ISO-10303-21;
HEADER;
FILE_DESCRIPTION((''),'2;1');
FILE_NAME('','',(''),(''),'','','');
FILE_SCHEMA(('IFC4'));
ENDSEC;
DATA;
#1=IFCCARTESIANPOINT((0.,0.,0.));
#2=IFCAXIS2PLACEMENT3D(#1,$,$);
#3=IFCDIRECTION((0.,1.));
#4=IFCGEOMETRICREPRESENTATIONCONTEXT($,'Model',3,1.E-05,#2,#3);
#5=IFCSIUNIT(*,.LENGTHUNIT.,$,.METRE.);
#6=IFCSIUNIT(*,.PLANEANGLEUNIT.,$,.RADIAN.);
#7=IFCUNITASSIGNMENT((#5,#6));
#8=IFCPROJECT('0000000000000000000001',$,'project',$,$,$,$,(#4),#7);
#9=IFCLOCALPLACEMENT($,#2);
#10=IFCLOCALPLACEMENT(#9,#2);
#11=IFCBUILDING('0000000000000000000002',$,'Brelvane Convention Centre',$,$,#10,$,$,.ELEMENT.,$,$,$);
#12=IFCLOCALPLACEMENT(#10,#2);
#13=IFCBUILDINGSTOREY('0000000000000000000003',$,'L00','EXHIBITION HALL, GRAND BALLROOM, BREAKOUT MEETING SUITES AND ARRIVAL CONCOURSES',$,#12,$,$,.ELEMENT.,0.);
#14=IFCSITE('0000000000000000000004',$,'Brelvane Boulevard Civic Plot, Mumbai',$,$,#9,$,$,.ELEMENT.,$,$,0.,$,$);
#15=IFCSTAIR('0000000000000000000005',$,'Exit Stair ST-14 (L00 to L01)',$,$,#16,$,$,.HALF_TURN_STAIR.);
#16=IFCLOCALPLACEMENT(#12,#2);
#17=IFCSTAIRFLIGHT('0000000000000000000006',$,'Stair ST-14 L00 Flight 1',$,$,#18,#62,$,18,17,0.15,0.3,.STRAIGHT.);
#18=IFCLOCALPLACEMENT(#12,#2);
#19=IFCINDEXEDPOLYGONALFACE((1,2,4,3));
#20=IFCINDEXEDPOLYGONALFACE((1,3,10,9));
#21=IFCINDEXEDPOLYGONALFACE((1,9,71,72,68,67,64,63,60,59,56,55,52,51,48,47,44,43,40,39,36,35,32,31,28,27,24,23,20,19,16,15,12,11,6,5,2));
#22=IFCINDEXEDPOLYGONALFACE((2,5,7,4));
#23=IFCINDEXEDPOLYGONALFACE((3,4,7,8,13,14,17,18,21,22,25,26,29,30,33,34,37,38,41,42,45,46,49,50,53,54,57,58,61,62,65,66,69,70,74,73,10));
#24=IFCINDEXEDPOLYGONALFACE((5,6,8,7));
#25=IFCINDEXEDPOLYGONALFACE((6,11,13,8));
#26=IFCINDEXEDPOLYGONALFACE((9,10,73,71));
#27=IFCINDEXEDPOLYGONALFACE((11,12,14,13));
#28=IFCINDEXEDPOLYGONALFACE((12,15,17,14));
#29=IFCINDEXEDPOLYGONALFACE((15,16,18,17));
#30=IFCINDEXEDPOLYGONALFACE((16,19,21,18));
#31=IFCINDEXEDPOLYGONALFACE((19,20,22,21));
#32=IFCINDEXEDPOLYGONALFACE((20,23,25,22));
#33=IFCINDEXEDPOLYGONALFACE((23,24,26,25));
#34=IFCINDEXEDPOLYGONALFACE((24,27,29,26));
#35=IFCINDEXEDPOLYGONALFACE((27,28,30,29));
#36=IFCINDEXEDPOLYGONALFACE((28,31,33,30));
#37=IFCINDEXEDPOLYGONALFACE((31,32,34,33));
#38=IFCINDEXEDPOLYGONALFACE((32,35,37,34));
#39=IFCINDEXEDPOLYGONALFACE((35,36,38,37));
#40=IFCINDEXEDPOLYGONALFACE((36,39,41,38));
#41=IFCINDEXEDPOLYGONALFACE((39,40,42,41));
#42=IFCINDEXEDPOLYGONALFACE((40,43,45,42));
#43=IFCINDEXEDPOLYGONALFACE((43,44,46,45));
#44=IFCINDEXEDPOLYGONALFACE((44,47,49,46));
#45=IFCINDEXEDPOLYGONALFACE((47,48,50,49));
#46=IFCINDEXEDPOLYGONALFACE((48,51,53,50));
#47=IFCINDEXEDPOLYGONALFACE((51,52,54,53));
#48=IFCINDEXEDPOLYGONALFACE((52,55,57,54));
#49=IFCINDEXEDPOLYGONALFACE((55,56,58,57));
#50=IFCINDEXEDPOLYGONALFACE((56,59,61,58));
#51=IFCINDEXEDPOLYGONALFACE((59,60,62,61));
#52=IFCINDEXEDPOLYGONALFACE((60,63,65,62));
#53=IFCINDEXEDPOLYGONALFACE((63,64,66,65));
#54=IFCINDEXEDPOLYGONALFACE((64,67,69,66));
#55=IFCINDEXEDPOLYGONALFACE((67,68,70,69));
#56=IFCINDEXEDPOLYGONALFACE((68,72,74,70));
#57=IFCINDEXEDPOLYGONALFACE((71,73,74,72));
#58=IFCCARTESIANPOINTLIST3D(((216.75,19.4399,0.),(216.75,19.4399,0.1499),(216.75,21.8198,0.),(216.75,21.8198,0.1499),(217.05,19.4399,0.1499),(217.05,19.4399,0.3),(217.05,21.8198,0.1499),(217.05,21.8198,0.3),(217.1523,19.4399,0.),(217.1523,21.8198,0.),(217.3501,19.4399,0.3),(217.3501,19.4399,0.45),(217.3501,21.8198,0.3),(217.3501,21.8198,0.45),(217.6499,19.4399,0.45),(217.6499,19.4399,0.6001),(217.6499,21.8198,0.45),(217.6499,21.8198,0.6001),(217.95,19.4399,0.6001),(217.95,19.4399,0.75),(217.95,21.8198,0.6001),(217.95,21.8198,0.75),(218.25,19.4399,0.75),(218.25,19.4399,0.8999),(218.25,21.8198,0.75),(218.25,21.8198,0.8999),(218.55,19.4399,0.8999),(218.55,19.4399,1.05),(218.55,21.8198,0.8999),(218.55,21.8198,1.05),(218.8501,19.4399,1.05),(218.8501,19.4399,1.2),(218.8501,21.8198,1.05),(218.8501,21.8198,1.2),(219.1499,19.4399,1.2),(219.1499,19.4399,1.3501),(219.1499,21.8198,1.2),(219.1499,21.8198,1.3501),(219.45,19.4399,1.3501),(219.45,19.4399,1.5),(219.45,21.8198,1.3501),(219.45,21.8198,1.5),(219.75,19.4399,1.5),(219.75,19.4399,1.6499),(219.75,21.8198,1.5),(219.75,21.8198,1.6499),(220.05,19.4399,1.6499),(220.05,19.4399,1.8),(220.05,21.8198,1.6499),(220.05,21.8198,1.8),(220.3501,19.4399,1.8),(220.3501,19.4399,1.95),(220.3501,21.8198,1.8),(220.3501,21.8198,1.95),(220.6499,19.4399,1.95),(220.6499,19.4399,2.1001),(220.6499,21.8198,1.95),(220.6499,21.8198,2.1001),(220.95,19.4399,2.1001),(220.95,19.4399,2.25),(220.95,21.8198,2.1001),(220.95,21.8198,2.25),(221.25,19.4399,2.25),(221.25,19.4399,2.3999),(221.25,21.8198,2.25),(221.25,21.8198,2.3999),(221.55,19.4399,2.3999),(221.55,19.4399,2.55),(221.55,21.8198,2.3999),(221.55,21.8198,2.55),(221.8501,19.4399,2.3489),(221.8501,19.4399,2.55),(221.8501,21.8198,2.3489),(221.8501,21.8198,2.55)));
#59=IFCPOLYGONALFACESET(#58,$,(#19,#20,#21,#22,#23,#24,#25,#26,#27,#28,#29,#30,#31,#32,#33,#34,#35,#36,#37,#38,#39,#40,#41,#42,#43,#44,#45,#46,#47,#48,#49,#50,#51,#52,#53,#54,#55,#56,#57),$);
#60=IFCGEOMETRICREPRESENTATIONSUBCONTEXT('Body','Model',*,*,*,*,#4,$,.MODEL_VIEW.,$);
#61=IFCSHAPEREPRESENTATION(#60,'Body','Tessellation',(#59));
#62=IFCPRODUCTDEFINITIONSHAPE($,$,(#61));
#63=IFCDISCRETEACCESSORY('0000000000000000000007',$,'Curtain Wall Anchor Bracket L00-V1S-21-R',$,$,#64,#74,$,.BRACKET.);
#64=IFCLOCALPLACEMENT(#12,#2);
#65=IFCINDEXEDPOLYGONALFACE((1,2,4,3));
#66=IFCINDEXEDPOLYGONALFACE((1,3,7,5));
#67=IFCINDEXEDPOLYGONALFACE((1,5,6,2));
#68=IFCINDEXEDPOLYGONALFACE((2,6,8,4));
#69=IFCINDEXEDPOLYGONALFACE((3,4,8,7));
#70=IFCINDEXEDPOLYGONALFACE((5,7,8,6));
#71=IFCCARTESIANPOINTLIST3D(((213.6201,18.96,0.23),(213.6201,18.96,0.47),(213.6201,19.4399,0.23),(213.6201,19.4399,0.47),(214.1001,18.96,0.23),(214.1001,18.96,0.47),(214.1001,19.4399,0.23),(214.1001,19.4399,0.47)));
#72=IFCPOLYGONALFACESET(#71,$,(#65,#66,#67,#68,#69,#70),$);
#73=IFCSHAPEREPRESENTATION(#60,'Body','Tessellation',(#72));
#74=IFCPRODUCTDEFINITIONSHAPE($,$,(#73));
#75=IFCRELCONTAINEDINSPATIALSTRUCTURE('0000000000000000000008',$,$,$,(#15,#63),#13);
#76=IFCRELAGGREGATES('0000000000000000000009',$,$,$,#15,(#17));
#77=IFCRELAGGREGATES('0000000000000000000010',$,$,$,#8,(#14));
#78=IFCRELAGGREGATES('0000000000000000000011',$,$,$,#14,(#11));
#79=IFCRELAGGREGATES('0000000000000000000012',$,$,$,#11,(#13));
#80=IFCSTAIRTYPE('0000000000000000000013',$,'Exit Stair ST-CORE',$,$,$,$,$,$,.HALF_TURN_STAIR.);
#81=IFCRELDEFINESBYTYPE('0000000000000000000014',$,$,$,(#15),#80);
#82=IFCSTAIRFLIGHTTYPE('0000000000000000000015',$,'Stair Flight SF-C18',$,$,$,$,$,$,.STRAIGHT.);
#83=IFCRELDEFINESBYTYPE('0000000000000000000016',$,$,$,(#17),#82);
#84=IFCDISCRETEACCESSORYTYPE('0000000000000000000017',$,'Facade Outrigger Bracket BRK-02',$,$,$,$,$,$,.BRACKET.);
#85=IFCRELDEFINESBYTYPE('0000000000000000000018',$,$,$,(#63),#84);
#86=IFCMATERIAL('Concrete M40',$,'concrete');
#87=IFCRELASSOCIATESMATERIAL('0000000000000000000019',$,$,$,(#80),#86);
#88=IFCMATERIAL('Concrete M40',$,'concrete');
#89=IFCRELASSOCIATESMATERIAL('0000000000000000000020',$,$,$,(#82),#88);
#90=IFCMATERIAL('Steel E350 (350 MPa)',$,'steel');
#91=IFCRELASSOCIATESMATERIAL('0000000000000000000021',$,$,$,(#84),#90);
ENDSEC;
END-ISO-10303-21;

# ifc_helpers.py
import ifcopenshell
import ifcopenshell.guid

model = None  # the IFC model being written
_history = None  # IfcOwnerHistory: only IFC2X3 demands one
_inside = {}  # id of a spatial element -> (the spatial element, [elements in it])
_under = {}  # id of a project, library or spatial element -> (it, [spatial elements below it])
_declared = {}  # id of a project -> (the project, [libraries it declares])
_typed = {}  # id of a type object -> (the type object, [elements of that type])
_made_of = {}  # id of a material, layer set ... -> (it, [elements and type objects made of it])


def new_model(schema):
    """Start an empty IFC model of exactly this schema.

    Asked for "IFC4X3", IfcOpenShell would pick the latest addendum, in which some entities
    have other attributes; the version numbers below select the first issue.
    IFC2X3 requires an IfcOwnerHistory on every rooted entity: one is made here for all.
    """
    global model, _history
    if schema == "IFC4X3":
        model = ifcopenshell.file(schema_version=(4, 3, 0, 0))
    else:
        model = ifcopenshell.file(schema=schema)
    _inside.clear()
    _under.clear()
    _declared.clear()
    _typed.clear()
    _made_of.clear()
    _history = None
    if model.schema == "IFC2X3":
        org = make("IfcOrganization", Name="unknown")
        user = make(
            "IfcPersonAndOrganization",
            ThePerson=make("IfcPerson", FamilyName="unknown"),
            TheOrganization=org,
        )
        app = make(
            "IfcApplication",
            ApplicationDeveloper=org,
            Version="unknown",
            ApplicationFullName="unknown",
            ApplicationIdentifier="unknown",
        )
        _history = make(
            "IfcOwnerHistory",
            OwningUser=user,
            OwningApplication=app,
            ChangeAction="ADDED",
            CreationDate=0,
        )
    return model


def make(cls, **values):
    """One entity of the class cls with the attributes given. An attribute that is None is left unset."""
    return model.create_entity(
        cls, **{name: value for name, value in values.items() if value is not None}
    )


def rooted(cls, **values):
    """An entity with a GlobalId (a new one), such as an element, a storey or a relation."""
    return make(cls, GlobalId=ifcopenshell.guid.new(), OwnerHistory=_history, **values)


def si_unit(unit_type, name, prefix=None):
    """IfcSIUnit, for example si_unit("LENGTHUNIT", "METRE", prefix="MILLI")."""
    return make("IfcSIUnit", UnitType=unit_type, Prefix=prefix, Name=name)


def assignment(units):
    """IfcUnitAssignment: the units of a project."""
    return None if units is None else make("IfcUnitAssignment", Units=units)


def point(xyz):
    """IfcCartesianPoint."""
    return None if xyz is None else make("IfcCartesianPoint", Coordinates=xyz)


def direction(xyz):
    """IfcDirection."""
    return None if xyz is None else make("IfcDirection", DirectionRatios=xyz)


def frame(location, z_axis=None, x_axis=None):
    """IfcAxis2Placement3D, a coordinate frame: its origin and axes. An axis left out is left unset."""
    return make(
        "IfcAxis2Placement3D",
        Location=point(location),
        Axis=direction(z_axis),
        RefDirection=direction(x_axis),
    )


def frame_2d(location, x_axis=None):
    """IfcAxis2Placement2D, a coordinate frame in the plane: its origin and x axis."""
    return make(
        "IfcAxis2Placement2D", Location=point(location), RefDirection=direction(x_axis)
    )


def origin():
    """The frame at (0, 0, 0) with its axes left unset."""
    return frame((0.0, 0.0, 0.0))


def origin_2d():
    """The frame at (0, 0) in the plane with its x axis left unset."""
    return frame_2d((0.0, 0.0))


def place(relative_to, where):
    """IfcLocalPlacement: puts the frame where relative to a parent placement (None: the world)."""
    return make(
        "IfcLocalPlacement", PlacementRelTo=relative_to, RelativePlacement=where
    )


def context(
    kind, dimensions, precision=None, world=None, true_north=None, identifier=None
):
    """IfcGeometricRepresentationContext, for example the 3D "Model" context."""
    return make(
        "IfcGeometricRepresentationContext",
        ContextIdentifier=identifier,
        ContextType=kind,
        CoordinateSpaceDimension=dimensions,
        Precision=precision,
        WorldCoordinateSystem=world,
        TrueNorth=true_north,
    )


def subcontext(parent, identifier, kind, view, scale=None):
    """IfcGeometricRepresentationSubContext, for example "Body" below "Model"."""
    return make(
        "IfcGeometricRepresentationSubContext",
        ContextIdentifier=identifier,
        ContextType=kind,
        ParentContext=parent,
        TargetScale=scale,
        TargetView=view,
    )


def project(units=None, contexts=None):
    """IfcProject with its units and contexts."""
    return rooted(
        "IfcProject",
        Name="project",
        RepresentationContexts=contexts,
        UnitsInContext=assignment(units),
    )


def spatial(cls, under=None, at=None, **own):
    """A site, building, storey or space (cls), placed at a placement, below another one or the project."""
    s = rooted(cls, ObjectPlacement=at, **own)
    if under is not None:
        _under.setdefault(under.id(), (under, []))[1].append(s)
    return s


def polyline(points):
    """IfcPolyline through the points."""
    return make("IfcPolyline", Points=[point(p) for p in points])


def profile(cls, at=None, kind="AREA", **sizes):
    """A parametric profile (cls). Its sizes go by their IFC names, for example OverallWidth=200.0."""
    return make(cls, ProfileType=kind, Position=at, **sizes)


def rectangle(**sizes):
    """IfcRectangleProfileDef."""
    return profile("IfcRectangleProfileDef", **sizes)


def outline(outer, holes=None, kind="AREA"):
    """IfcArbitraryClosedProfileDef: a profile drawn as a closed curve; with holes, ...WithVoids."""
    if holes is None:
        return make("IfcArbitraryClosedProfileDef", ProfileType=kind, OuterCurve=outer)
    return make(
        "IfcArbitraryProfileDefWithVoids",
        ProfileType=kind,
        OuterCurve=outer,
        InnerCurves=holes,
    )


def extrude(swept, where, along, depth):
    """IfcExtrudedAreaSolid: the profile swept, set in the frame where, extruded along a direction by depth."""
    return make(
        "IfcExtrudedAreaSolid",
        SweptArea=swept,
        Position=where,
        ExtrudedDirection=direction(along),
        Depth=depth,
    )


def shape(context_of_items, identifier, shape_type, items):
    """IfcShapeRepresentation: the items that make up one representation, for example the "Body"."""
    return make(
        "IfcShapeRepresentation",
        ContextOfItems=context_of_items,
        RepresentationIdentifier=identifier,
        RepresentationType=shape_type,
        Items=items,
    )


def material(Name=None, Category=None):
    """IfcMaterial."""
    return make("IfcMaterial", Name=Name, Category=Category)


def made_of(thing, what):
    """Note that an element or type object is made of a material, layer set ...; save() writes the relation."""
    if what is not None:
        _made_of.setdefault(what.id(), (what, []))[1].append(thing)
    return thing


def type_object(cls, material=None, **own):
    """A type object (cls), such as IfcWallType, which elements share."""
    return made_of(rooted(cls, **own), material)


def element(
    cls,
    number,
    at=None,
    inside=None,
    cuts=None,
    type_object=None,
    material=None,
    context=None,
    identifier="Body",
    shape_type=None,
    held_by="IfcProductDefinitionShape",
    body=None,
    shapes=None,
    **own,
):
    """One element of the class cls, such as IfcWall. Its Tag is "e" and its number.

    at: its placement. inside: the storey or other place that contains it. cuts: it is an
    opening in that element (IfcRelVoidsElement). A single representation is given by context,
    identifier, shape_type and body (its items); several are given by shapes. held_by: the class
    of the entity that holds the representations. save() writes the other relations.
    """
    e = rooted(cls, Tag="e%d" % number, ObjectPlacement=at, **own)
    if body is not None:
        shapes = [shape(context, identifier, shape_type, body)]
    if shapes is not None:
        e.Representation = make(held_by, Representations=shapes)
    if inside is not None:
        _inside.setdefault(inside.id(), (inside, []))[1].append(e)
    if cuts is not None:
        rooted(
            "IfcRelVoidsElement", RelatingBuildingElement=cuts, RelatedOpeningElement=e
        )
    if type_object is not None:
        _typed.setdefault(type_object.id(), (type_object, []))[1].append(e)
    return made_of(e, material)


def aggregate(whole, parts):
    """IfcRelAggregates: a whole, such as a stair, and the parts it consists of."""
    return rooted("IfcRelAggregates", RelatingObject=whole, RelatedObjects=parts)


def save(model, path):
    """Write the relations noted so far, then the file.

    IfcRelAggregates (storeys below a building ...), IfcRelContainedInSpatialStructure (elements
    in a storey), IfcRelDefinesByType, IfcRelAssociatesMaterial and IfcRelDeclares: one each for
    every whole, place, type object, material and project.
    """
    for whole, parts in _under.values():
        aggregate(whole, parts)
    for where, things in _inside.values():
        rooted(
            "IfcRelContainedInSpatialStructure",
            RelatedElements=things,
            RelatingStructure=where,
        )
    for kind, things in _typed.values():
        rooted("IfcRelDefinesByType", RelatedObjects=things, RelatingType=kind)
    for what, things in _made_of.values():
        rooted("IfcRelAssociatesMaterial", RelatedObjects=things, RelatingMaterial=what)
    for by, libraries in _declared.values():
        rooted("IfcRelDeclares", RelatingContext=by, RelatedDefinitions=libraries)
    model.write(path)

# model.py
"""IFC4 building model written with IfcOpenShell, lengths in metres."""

from ifc_helpers import new_model, si_unit, direction, frame, origin, origin_2d, place, context, subcontext, project, spatial, polyline, rectangle, outline, extrude, material, type_object, element, aggregate, save


model = new_model("IFC4")

# Units and contexts
model_context = context("Model", 3, precision=1e-05, world=origin(), true_north=direction((0.0, 1.0)))
body_context = subcontext(model_context, "Body", "Model", "MODEL_VIEW")
ifc_project = project(units=[si_unit("LENGTHUNIT", "METRE"), si_unit("PLANEANGLEUNIT", "RADIAN")], contexts=[model_context])

# Site, building, storey
site_placement = place(None, origin())
site = spatial("IfcSite", under=ifc_project, at=site_placement, Name="Brelvane Boulevard Civic Plot, Mumbai", CompositionType="ELEMENT", RefElevation=0.0)
building_placement = place(site_placement, origin())
building = spatial("IfcBuilding", under=site, at=building_placement, Name="Brelvane Convention Centre", CompositionType="ELEMENT")
storey_placement = place(building_placement, origin())
storey = spatial("IfcBuildingStorey", under=building, at=storey_placement, Name="L00", Description="EXHIBITION HALL, GRAND BALLROOM, BREAKOUT MEETING SUITES AND ARRIVAL CONCOURSES", CompositionType="ELEMENT", Elevation=0.0)

# Stair, stair flight
ifc_material_1 = material(Name="Concrete M40", Category="concrete")
stair_type = type_object("IfcStairType", Name="Exit Stair ST-CORE", PredefinedType="HALF_TURN_STAIR", material=ifc_material_1)
stair_placement = place(storey_placement, origin())
stair = element("IfcStair", 1, at=stair_placement, inside=storey, type_object=stair_type, Name="Exit Stair ST-14 (L00 to L01)", PredefinedType="HALF_TURN_STAIR")
ifc_material_2 = material(Name="Concrete M40", Category="concrete")
stair_flight_type = type_object("IfcStairFlightType", Name="Stair Flight SF-C18", PredefinedType="STRAIGHT", material=ifc_material_2)
stair_flight_placement = place(storey_placement, frame((216.75, 20.6299, 0.0), z_axis=(0.0, 0.0, 1.0), x_axis=(1.0, 0.0, 0.0)))
stair_flight = element("IfcStairFlight", 2, at=stair_flight_placement, type_object=stair_flight_type, Name="Stair ST-14 L00 Flight 1", NumberOfRisers=18, NumberOfTreads=17, PredefinedType="STRAIGHT", RiserHeight=0.15, TreadLength=0.3, context=body_context, shape_type="SweptSolid", body=[
    extrude(outline(polyline([(0.0, 0.0), (0.0, 0.1499), (0.3, 0.1499), (0.3, 0.3), (0.6001, 0.3), (0.6001, 0.45), (0.8999, 0.45), (0.8999, 0.6001), (1.2, 0.6001), (1.2, 0.75), (1.5, 0.75), (1.5, 0.8999), (1.8, 0.8999), (1.8, 1.05), (2.1001, 1.05), (2.1001, 1.2), (2.3999, 1.2), (2.3999, 1.3501), (2.7, 1.3501), (2.7, 1.5), (3.0, 1.5), (3.0, 1.6499), (3.3, 1.6499), (3.3, 1.8), (3.6001, 1.8), (3.6001, 1.95), (3.8999, 1.95), (3.8999, 2.1001), (4.2, 2.1001), (4.2, 2.25), (4.5, 2.25), (4.5, 2.3999), (4.8, 2.3999), (4.8, 2.55), (5.1001, 2.55), (5.1001, 2.7), (5.1001, 2.3489), (0.4023, 0.0), (0.0, 0.0)])), frame((0.0, 1.1899, 0.0), z_axis=(0.0, -1.0, 0.0), x_axis=(1.0, 0.0, 0.0)), (0.0, 0.0, 1.0), 2.3799),
])
aggregate(stair, [stair_flight])

# Discrete accessory
ifc_material_3 = material(Name="Steel E350 (350 MPa)", Category="steel")
discrete_accessory_type = type_object("IfcDiscreteAccessoryType", Name="Facade Outrigger Bracket BRK-02", PredefinedType="BRACKET", material=ifc_material_3)
discrete_accessory_placement = place(storey_placement, frame((213.8601, 19.2, 0.23), z_axis=(0.0, 0.0, 1.0), x_axis=(1.0, 0.0, 0.0)))
element("IfcDiscreteAccessory", 3, at=discrete_accessory_placement, inside=storey, type_object=discrete_accessory_type, Name="Curtain Wall Anchor Bracket L00-V1S-21-R", PredefinedType="BRACKET", context=body_context, shape_type="SweptSolid", body=[
    extrude(rectangle(XDim=0.48, YDim=0.48, at=origin_2d()), origin(), (0.0, 0.0, 1.0), 0.24),
])

save(model, "model.ifc")
